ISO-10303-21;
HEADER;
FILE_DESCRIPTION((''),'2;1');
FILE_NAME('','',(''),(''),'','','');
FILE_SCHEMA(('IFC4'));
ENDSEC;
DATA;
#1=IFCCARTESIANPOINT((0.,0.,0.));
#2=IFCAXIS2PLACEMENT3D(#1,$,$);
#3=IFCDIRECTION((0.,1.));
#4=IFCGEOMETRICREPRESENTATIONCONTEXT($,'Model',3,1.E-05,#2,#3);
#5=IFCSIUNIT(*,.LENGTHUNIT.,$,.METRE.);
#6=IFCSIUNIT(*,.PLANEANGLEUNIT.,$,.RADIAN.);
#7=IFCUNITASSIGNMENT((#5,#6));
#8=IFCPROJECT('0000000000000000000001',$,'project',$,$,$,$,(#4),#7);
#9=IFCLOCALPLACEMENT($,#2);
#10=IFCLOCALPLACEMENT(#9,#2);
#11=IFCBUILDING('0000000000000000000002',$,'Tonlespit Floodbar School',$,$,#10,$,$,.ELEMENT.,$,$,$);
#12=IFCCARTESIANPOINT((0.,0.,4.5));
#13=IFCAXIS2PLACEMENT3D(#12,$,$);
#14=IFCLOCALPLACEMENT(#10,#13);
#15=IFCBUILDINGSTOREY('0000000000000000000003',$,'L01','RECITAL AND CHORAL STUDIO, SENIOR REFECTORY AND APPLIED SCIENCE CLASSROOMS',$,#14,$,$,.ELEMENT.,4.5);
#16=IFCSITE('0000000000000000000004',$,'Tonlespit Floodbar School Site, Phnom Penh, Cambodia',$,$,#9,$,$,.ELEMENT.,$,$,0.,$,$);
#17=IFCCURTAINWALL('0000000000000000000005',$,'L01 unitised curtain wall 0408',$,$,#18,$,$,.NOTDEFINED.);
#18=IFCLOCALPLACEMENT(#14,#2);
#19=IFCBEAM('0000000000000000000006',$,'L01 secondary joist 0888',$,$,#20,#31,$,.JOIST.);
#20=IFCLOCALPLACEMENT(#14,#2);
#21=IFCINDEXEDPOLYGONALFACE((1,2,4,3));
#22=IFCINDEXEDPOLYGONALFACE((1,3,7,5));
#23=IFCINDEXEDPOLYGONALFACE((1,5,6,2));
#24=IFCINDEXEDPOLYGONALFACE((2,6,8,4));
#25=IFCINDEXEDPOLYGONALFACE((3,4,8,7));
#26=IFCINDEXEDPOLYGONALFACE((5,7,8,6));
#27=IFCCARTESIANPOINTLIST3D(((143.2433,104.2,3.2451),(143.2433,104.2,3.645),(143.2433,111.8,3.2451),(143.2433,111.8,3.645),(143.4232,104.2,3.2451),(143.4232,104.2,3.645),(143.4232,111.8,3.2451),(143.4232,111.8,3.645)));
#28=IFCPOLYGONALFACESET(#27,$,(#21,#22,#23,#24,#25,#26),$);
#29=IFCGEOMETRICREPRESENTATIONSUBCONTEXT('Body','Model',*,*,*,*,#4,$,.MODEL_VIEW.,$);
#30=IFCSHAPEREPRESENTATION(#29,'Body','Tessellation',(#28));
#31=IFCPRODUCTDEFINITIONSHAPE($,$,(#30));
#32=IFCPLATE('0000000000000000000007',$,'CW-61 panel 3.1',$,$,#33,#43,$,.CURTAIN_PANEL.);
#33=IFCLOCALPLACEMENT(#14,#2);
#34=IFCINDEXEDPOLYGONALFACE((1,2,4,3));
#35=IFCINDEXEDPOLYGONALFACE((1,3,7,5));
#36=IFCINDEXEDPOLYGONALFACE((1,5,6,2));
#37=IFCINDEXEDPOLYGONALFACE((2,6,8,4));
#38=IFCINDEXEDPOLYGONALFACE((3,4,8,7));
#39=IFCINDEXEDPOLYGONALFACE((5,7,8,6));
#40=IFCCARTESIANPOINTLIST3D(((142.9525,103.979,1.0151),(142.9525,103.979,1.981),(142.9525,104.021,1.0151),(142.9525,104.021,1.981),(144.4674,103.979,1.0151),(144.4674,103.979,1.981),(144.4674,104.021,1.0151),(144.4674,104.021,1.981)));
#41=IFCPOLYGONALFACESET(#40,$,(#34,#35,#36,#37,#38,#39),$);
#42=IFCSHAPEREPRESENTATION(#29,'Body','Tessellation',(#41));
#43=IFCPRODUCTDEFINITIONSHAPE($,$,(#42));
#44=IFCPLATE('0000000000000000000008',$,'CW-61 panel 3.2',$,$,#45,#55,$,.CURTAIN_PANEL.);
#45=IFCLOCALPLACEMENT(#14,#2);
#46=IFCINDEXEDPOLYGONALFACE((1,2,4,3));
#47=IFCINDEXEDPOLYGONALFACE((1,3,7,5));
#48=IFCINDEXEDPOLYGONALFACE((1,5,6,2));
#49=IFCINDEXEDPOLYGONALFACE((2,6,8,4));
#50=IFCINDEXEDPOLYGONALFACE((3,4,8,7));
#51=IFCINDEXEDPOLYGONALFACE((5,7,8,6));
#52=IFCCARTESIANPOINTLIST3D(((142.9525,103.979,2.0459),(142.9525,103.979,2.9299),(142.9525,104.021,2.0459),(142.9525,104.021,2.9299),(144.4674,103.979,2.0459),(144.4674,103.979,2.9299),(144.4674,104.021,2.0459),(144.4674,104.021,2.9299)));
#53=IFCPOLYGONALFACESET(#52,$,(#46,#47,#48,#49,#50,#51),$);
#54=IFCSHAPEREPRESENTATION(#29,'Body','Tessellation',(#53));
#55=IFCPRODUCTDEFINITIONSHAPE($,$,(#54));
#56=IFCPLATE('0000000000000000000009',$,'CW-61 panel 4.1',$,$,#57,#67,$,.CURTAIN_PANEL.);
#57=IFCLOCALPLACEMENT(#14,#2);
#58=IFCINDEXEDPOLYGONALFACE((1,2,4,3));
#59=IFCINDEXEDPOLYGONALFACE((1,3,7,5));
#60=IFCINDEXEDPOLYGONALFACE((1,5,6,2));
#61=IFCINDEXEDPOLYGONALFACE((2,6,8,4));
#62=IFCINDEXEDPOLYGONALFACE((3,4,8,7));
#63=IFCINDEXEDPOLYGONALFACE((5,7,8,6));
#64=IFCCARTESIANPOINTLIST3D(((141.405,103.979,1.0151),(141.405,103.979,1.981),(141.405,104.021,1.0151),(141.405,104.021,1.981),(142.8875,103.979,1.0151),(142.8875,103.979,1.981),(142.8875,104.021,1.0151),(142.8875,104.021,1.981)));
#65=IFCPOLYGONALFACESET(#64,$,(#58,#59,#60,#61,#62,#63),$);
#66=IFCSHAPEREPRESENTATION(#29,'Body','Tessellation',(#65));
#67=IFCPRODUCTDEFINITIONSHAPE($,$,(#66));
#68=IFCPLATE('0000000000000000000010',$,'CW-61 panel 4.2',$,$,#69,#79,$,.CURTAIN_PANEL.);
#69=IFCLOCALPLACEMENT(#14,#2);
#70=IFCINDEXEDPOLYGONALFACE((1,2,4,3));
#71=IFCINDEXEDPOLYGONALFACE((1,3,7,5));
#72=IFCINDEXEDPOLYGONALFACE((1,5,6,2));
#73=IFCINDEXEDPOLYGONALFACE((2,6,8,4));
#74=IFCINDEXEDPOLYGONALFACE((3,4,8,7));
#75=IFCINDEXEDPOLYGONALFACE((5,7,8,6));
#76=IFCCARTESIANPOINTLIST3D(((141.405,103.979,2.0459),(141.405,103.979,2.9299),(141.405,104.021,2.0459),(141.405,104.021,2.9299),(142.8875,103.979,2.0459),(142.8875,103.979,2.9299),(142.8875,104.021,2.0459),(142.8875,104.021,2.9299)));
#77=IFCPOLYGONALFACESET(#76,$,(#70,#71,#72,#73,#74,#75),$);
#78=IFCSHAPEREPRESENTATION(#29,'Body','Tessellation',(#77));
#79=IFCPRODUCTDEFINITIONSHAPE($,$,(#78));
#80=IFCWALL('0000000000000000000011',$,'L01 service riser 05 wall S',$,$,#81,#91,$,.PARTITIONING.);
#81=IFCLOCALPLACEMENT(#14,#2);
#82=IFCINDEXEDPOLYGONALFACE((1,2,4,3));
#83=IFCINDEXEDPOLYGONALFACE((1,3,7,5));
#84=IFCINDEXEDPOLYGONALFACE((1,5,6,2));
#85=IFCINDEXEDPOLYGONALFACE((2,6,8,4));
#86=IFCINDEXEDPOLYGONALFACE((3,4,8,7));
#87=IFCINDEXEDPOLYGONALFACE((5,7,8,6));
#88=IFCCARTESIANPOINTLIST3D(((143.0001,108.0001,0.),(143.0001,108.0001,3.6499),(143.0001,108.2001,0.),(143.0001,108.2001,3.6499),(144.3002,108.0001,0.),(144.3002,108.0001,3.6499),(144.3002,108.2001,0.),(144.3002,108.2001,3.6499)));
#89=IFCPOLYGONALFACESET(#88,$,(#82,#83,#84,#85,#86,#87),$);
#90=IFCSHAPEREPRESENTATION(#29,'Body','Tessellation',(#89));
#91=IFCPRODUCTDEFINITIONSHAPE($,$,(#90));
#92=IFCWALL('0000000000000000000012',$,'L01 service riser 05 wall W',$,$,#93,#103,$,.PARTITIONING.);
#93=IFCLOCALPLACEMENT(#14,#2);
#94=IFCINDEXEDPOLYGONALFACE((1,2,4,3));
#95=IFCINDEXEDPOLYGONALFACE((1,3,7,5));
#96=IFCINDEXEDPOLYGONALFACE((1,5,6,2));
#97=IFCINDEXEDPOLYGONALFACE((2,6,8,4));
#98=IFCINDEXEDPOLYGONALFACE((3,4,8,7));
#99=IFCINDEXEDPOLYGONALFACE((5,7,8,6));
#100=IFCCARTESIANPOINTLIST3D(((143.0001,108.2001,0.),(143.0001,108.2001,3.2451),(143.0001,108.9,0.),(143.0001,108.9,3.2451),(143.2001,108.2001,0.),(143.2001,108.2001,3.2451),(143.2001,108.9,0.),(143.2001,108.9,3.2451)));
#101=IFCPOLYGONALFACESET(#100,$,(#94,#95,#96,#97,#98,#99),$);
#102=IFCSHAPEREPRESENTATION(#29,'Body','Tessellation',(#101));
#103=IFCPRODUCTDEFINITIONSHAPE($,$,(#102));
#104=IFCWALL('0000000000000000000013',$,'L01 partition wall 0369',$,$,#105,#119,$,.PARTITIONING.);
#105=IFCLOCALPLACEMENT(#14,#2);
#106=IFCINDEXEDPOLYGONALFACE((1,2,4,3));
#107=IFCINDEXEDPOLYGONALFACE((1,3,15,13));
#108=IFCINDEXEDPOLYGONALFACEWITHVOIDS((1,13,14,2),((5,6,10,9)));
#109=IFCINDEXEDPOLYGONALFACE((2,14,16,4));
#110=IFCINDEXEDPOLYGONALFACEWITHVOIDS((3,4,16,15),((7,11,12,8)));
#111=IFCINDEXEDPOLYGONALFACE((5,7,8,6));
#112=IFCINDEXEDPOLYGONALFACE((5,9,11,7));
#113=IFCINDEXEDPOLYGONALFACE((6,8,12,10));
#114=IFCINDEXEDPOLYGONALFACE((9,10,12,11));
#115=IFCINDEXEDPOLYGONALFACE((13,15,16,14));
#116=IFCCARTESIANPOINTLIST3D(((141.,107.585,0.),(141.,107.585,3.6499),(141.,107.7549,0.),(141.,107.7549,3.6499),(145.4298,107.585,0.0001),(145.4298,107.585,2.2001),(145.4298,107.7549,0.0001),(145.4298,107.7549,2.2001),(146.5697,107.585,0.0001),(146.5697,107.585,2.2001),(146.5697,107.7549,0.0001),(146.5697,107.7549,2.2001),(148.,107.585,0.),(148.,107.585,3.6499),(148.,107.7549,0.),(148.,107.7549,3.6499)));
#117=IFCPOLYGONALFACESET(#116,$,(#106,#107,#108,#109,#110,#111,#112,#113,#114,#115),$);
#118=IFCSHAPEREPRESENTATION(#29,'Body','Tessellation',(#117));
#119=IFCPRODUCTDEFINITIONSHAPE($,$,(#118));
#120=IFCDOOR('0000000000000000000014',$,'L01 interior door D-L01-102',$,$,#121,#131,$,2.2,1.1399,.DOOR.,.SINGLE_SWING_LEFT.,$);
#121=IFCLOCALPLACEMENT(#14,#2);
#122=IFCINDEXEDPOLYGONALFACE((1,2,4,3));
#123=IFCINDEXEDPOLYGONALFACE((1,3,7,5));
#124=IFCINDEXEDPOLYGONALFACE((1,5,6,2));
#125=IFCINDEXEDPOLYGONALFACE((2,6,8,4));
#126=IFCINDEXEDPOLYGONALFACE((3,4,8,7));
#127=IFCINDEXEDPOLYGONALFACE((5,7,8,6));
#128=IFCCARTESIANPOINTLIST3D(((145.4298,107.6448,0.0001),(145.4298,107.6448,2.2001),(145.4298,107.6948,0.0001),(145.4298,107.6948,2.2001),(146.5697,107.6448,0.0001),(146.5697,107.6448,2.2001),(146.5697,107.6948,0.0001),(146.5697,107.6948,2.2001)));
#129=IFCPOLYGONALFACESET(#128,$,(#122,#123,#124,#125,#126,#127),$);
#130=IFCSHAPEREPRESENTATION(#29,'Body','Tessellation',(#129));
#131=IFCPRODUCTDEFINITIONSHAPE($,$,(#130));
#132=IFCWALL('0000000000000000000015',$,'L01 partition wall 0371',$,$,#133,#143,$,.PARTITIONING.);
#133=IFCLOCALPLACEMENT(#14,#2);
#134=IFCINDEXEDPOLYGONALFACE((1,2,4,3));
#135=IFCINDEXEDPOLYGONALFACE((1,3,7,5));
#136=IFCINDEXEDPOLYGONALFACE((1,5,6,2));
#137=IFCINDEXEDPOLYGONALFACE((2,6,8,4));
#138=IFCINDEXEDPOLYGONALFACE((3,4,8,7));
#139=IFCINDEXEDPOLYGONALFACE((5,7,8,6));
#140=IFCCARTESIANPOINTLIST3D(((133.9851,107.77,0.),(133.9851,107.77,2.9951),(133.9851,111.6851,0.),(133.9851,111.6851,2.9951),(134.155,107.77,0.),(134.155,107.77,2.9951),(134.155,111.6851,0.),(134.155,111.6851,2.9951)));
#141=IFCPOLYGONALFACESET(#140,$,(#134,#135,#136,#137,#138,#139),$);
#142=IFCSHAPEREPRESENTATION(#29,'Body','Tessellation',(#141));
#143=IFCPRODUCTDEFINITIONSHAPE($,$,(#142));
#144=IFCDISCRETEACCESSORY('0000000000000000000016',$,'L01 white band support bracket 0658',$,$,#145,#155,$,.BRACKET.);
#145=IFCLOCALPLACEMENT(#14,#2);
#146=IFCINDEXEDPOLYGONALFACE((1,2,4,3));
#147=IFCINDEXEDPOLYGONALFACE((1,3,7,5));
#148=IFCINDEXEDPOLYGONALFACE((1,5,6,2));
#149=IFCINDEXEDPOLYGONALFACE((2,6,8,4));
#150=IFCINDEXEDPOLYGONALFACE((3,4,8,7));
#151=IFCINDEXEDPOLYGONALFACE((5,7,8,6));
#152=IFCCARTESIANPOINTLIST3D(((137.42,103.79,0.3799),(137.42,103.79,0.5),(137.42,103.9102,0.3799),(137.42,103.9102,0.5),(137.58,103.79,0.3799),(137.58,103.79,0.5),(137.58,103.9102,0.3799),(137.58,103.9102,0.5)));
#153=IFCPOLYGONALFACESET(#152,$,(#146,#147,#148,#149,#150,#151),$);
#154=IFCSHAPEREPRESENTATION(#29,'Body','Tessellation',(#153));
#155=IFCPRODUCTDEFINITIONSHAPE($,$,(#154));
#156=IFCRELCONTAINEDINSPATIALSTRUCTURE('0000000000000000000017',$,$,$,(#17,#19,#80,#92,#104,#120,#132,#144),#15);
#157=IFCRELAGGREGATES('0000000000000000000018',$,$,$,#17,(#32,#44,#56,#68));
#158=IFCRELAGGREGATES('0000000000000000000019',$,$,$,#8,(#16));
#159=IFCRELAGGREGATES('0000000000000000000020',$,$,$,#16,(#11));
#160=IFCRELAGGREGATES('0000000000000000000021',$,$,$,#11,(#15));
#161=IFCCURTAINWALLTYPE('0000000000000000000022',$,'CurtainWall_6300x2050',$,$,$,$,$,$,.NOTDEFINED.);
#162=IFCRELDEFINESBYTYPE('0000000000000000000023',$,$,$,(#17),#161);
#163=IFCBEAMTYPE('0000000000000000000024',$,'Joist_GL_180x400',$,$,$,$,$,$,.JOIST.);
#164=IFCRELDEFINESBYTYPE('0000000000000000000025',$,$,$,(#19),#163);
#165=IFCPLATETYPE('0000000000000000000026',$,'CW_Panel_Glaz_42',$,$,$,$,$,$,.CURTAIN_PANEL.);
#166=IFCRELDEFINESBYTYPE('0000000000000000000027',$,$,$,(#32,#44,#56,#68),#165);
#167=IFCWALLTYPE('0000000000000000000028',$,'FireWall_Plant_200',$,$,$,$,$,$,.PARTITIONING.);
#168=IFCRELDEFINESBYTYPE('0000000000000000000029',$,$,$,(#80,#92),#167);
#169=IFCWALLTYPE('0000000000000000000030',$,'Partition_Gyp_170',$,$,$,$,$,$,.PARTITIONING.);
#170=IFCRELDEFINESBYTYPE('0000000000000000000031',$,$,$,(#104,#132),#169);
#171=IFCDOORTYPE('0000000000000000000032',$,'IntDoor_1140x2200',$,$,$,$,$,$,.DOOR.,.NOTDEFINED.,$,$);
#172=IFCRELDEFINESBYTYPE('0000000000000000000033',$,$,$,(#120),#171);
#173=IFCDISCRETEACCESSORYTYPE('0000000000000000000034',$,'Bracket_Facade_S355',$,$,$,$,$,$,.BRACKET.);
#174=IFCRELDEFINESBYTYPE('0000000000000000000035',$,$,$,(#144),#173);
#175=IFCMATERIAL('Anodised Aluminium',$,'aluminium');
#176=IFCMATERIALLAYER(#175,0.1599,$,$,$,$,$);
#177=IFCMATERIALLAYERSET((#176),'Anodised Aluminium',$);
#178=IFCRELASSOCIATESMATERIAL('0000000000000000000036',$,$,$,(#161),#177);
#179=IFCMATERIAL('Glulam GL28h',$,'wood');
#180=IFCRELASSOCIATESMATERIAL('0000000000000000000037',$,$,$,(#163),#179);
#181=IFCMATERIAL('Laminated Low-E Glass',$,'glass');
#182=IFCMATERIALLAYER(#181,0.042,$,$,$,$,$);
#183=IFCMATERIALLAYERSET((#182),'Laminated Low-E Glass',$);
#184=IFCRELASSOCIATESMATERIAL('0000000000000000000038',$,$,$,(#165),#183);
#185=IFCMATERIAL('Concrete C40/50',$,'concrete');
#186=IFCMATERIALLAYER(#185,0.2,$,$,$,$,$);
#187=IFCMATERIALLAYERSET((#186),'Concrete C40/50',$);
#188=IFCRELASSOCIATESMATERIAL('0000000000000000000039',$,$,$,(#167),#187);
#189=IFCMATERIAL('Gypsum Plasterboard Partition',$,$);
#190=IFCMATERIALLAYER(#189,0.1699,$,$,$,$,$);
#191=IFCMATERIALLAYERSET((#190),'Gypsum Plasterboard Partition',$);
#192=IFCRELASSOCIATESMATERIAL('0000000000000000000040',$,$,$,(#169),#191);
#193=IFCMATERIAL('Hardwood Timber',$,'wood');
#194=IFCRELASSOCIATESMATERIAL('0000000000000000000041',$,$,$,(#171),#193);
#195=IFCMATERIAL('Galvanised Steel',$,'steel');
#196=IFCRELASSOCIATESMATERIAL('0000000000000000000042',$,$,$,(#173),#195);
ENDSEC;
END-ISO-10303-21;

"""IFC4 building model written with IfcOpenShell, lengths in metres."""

from ifc_helpers import new_model, si_unit, direction, frame, frame_2d, origin, origin_2d, place, context, subcontext, project, spatial, rectangle, extrude, material, layer, layer_set, material_profile, profile_set, type_object, element, fill, aggregate, save


model = new_model("IFC4")

# Units and contexts
model_context = context("Model", 3, precision=1e-05, world=origin(), true_north=direction((0.0, 1.0)))
body_context = subcontext(model_context, "Body", "Model", "MODEL_VIEW")
ifc_project = project(units=[si_unit("LENGTHUNIT", "METRE"), si_unit("PLANEANGLEUNIT", "RADIAN")], contexts=[model_context])

# Site, building, storey
site_placement = place(None, origin())
site = spatial("IfcSite", under=ifc_project, at=site_placement, Name="Tonlespit Floodbar School Site, Phnom Penh, Cambodia", CompositionType="ELEMENT", RefElevation=0.0)
building_placement = place(site_placement, origin())
building = spatial("IfcBuilding", under=site, at=building_placement, Name="Tonlespit Floodbar School", CompositionType="ELEMENT")
storey_placement = place(building_placement, frame((0.0, 0.0, 4.5)))
storey = spatial("IfcBuildingStorey", under=building, at=storey_placement, Name="L01", Description="RECITAL AND CHORAL STUDIO, SENIOR REFECTORY AND APPLIED SCIENCE CLASSROOMS", CompositionType="ELEMENT", Elevation=4.5)

# Shared definitions
ifc_material_1 = material(Name="Concrete C40/50", Category="concrete")

# Curtain wall
ifc_material_2 = material(Name="Anodised Aluminium", Category="aluminium")
ifc_layer_1 = layer(ifc_material_2, 0.1599)
ifc_layer_set_1 = layer_set([ifc_layer_1], Name="Anodised Aluminium")
curtain_wall_type = type_object("IfcCurtainWallType", Name="CurtainWall_6300x2050", PredefinedType="NOTDEFINED", material=ifc_layer_set_1)
curtain_wall_placement = place(storey_placement, origin())
curtain_wall = element("IfcCurtainWall", 1, at=curtain_wall_placement, inside=storey, type_object=curtain_wall_type, Name="L01 unitised curtain wall 0408", PredefinedType="NOTDEFINED")

# Beam
ifc_material_3 = material(Name="Glulam GL28h", Category="wood")
ifc_material_profile_1 = material_profile(ifc_material_3, rectangle(XDim=0.1799, YDim=0.3999, at=origin_2d()), Name="GL 180x400")
ifc_profile_set_1 = profile_set([ifc_material_profile_1], Name="Glulam GL28h")
beam_type_1 = type_object("IfcBeamType", Name="Joist_GL_180x400", PredefinedType="JOIST", material=ifc_profile_set_1)
for number, where, z_axis, x_axis, name in (
    (2, (143.3333, 104.2, 3.4451), (0.0, 1.0, 0.0), (-1.0, 0.0, 0.0), "L01 secondary joist 0888"),
):
    element("IfcBeam", number, at=place(storey_placement, frame(where, z_axis=z_axis, x_axis=x_axis)), inside=storey, type_object=beam_type_1, Name=name, PredefinedType="JOIST", context=body_context, shape_type="SweptSolid", body=[
        extrude(rectangle(XDim=0.1799, YDim=0.3999, at=origin_2d()), origin(), (0.0, 0.0, 1.0), 7.6001),
    ])

# Plates
ifc_material_4 = material(Name="Laminated Low-E Glass", Category="glass")
ifc_layer_2 = layer(ifc_material_4, 0.042)
ifc_layer_set_2 = layer_set([ifc_layer_2], Name="Laminated Low-E Glass")
plate_type = type_object("IfcPlateType", Name="CW_Panel_Glaz_42", PredefinedType="CURTAIN_PANEL", material=ifc_layer_set_2)
plate_1_placement = place(storey_placement, frame((143.71, 104.0, 1.0151), z_axis=(0.0, 0.0, 1.0), x_axis=(-1.0, 0.0, 0.0)))
plate_1 = element("IfcPlate", 3, at=plate_1_placement, type_object=plate_type, Name="CW-61 panel 3.1", PredefinedType="CURTAIN_PANEL", context=body_context, shape_type="SweptSolid", body=[
    extrude(rectangle(XDim=1.5149, YDim=0.042, at=origin_2d()), origin(), (0.0, 0.0, 1.0), 0.9658),
])
plate_2_placement = place(storey_placement, frame((143.71, 104.0, 2.0459), z_axis=(0.0, 0.0, 1.0), x_axis=(-1.0, 0.0, 0.0)))
plate_2 = element("IfcPlate", 4, at=plate_2_placement, type_object=plate_type, Name="CW-61 panel 3.2", PredefinedType="CURTAIN_PANEL", context=body_context, shape_type="SweptSolid", body=[
    extrude(rectangle(XDim=1.5149, YDim=0.042, at=origin_2d()), origin(), (0.0, 0.0, 1.0), 0.884),
])
plate_3_placement = place(storey_placement, frame((142.1462, 104.0, 1.0151), z_axis=(0.0, 0.0, 1.0), x_axis=(-1.0, 0.0, 0.0)))
plate_3 = element("IfcPlate", 5, at=plate_3_placement, type_object=plate_type, Name="CW-61 panel 4.1", PredefinedType="CURTAIN_PANEL", context=body_context, shape_type="SweptSolid", body=[
    extrude(rectangle(XDim=1.4824, YDim=0.042, at=origin_2d()), origin(), (0.0, 0.0, 1.0), 0.9658),
])
plate_4_placement = place(storey_placement, frame((142.1462, 104.0, 2.0459), z_axis=(0.0, 0.0, 1.0), x_axis=(-1.0, 0.0, 0.0)))
plate_4 = element("IfcPlate", 6, at=plate_4_placement, type_object=plate_type, Name="CW-61 panel 4.2", PredefinedType="CURTAIN_PANEL", context=body_context, shape_type="SweptSolid", body=[
    extrude(rectangle(XDim=1.4824, YDim=0.042, at=origin_2d()), origin(), (0.0, 0.0, 1.0), 0.884),
])
aggregate(curtain_wall, [plate_1, plate_2, plate_3, plate_4])

# Walls
ifc_layer_3 = layer(ifc_material_1, 0.2)
ifc_layer_set_3 = layer_set([ifc_layer_3], Name="Concrete C40/50")
wall_type_1 = type_object("IfcWallType", Name="FireWall_Plant_200", PredefinedType="PARTITIONING", material=ifc_layer_set_3)
wall_1_placement = place(storey_placement, frame((144.3, 108.1001, 0.0), z_axis=(0.0, 0.0, 1.0), x_axis=(-1.0, 0.0, 0.0)))
element("IfcWall", 7, at=wall_1_placement, inside=storey, type_object=wall_type_1, Name="L01 service riser 05 wall S", PredefinedType="PARTITIONING", context=body_context, shape_type="SweptSolid", body=[
    extrude(rectangle(XDim=1.3, YDim=0.2, at=frame_2d((0.6499, 0.0))), origin(), (0.0, 0.0, 1.0), 3.6499),
])
wall_2_placement = place(storey_placement, frame((143.1001, 108.2, 0.0), z_axis=(0.0, 0.0, 1.0), x_axis=(0.0, 1.0, 0.0)))
element("IfcWall", 8, at=wall_2_placement, inside=storey, type_object=wall_type_1, Name="L01 service riser 05 wall W", PredefinedType="PARTITIONING", context=body_context, shape_type="SweptSolid", body=[
    extrude(rectangle(XDim=0.7, YDim=0.2, at=frame_2d((0.3501, 0.0))), origin(), (0.0, 0.0, 1.0), 3.2451),
])
ifc_material_5 = material(Name="Gypsum Plasterboard Partition")
ifc_layer_4 = layer(ifc_material_5, 0.1699)
ifc_layer_set_4 = layer_set([ifc_layer_4], Name="Gypsum Plasterboard Partition")
wall_type_2 = type_object("IfcWallType", Name="Partition_Gyp_170", PredefinedType="PARTITIONING", material=ifc_layer_set_4)

# Wall, opening, door
wall_3_placement = place(storey_placement, frame((141.0, 107.6699, 0.0), z_axis=(0.0, 0.0, 1.0), x_axis=(1.0, 0.0, 0.0)))
wall_3 = element("IfcWall", 9, at=wall_3_placement, inside=storey, type_object=wall_type_2, Name="L01 partition wall 0369", PredefinedType="PARTITIONING", context=body_context, shape_type="SweptSolid", body=[
    extrude(rectangle(XDim=7.0, YDim=0.1699, at=frame_2d((3.5, 0.0))), origin(), (0.0, 0.0, 1.0), 3.6499),
])
opening_1_placement = place(wall_3_placement, frame((4.4299, 0.0, 0.0)))
opening_1 = element("IfcOpeningElement", 10, at=opening_1_placement, cuts=wall_3, PredefinedType="OPENING", context=body_context, shape_type="SweptSolid", body=[
    extrude(rectangle(XDim=1.1399, YDim=2.2, at=frame_2d((0.5698, 1.1001))), frame((0.0, 0.095, 0.0), z_axis=(0.0, -1.0, 0.0), x_axis=(1.0, 0.0, 0.0)), (0.0, 0.0, 1.0), 0.1899),
])
ifc_material_6 = material(Name="Hardwood Timber", Category="wood")
door_type_1 = type_object("IfcDoorType", Name="IntDoor_1140x2200", OperationType="NOTDEFINED", PredefinedType="DOOR", material=ifc_material_6)
door_1_placement = place(opening_1_placement, origin())
door_1 = element("IfcDoor", 11, at=door_1_placement, inside=storey, type_object=door_type_1, Name="L01 interior door D-L01-102", OperationType="SINGLE_SWING_LEFT", OverallHeight=2.2, OverallWidth=1.1399, PredefinedType="DOOR", context=body_context, shape_type="SweptSolid", body=[
    extrude(rectangle(XDim=1.1399, YDim=2.2, at=frame_2d((0.5698, 1.1001))), frame((0.0, 0.0249, 0.0), z_axis=(0.0, -1.0, 0.0), x_axis=(1.0, 0.0, 0.0)), (0.0, 0.0, 1.0), 0.05),
])
fill(opening_1, door_1)

# Wall
wall_4_placement = place(storey_placement, frame((134.0701, 107.77, 0.0), z_axis=(0.0, 0.0, 1.0), x_axis=(0.0, 1.0, 0.0)))
element("IfcWall", 12, at=wall_4_placement, inside=storey, type_object=wall_type_2, Name="L01 partition wall 0371", PredefinedType="PARTITIONING", context=body_context, shape_type="SweptSolid", body=[
    extrude(rectangle(XDim=3.915, YDim=0.1699, at=frame_2d((1.9575, 0.0))), origin(), (0.0, 0.0, 1.0), 2.9951),
])

# Discrete accessory
ifc_material_7 = material(Name="Galvanised Steel", Category="steel")
discrete_accessory_type = type_object("IfcDiscreteAccessoryType", Name="Bracket_Facade_S355", PredefinedType="BRACKET", material=ifc_material_7)
discrete_accessory_placement = place(storey_placement, frame((137.5, 103.8501, 0.3799), z_axis=(0.0, 0.0, 1.0), x_axis=(-1.0, 0.0, 0.0)))
element("IfcDiscreteAccessory", 13, at=discrete_accessory_placement, inside=storey, type_object=discrete_accessory_type, Name="L01 white band support bracket 0658", PredefinedType="BRACKET", context=body_context, shape_type="SweptSolid", body=[
    extrude(rectangle(XDim=0.1599, YDim=0.1201, at=origin_2d()), origin(), (0.0, 0.0, 1.0), 0.1201),
])

save(model, "model.ifc")
